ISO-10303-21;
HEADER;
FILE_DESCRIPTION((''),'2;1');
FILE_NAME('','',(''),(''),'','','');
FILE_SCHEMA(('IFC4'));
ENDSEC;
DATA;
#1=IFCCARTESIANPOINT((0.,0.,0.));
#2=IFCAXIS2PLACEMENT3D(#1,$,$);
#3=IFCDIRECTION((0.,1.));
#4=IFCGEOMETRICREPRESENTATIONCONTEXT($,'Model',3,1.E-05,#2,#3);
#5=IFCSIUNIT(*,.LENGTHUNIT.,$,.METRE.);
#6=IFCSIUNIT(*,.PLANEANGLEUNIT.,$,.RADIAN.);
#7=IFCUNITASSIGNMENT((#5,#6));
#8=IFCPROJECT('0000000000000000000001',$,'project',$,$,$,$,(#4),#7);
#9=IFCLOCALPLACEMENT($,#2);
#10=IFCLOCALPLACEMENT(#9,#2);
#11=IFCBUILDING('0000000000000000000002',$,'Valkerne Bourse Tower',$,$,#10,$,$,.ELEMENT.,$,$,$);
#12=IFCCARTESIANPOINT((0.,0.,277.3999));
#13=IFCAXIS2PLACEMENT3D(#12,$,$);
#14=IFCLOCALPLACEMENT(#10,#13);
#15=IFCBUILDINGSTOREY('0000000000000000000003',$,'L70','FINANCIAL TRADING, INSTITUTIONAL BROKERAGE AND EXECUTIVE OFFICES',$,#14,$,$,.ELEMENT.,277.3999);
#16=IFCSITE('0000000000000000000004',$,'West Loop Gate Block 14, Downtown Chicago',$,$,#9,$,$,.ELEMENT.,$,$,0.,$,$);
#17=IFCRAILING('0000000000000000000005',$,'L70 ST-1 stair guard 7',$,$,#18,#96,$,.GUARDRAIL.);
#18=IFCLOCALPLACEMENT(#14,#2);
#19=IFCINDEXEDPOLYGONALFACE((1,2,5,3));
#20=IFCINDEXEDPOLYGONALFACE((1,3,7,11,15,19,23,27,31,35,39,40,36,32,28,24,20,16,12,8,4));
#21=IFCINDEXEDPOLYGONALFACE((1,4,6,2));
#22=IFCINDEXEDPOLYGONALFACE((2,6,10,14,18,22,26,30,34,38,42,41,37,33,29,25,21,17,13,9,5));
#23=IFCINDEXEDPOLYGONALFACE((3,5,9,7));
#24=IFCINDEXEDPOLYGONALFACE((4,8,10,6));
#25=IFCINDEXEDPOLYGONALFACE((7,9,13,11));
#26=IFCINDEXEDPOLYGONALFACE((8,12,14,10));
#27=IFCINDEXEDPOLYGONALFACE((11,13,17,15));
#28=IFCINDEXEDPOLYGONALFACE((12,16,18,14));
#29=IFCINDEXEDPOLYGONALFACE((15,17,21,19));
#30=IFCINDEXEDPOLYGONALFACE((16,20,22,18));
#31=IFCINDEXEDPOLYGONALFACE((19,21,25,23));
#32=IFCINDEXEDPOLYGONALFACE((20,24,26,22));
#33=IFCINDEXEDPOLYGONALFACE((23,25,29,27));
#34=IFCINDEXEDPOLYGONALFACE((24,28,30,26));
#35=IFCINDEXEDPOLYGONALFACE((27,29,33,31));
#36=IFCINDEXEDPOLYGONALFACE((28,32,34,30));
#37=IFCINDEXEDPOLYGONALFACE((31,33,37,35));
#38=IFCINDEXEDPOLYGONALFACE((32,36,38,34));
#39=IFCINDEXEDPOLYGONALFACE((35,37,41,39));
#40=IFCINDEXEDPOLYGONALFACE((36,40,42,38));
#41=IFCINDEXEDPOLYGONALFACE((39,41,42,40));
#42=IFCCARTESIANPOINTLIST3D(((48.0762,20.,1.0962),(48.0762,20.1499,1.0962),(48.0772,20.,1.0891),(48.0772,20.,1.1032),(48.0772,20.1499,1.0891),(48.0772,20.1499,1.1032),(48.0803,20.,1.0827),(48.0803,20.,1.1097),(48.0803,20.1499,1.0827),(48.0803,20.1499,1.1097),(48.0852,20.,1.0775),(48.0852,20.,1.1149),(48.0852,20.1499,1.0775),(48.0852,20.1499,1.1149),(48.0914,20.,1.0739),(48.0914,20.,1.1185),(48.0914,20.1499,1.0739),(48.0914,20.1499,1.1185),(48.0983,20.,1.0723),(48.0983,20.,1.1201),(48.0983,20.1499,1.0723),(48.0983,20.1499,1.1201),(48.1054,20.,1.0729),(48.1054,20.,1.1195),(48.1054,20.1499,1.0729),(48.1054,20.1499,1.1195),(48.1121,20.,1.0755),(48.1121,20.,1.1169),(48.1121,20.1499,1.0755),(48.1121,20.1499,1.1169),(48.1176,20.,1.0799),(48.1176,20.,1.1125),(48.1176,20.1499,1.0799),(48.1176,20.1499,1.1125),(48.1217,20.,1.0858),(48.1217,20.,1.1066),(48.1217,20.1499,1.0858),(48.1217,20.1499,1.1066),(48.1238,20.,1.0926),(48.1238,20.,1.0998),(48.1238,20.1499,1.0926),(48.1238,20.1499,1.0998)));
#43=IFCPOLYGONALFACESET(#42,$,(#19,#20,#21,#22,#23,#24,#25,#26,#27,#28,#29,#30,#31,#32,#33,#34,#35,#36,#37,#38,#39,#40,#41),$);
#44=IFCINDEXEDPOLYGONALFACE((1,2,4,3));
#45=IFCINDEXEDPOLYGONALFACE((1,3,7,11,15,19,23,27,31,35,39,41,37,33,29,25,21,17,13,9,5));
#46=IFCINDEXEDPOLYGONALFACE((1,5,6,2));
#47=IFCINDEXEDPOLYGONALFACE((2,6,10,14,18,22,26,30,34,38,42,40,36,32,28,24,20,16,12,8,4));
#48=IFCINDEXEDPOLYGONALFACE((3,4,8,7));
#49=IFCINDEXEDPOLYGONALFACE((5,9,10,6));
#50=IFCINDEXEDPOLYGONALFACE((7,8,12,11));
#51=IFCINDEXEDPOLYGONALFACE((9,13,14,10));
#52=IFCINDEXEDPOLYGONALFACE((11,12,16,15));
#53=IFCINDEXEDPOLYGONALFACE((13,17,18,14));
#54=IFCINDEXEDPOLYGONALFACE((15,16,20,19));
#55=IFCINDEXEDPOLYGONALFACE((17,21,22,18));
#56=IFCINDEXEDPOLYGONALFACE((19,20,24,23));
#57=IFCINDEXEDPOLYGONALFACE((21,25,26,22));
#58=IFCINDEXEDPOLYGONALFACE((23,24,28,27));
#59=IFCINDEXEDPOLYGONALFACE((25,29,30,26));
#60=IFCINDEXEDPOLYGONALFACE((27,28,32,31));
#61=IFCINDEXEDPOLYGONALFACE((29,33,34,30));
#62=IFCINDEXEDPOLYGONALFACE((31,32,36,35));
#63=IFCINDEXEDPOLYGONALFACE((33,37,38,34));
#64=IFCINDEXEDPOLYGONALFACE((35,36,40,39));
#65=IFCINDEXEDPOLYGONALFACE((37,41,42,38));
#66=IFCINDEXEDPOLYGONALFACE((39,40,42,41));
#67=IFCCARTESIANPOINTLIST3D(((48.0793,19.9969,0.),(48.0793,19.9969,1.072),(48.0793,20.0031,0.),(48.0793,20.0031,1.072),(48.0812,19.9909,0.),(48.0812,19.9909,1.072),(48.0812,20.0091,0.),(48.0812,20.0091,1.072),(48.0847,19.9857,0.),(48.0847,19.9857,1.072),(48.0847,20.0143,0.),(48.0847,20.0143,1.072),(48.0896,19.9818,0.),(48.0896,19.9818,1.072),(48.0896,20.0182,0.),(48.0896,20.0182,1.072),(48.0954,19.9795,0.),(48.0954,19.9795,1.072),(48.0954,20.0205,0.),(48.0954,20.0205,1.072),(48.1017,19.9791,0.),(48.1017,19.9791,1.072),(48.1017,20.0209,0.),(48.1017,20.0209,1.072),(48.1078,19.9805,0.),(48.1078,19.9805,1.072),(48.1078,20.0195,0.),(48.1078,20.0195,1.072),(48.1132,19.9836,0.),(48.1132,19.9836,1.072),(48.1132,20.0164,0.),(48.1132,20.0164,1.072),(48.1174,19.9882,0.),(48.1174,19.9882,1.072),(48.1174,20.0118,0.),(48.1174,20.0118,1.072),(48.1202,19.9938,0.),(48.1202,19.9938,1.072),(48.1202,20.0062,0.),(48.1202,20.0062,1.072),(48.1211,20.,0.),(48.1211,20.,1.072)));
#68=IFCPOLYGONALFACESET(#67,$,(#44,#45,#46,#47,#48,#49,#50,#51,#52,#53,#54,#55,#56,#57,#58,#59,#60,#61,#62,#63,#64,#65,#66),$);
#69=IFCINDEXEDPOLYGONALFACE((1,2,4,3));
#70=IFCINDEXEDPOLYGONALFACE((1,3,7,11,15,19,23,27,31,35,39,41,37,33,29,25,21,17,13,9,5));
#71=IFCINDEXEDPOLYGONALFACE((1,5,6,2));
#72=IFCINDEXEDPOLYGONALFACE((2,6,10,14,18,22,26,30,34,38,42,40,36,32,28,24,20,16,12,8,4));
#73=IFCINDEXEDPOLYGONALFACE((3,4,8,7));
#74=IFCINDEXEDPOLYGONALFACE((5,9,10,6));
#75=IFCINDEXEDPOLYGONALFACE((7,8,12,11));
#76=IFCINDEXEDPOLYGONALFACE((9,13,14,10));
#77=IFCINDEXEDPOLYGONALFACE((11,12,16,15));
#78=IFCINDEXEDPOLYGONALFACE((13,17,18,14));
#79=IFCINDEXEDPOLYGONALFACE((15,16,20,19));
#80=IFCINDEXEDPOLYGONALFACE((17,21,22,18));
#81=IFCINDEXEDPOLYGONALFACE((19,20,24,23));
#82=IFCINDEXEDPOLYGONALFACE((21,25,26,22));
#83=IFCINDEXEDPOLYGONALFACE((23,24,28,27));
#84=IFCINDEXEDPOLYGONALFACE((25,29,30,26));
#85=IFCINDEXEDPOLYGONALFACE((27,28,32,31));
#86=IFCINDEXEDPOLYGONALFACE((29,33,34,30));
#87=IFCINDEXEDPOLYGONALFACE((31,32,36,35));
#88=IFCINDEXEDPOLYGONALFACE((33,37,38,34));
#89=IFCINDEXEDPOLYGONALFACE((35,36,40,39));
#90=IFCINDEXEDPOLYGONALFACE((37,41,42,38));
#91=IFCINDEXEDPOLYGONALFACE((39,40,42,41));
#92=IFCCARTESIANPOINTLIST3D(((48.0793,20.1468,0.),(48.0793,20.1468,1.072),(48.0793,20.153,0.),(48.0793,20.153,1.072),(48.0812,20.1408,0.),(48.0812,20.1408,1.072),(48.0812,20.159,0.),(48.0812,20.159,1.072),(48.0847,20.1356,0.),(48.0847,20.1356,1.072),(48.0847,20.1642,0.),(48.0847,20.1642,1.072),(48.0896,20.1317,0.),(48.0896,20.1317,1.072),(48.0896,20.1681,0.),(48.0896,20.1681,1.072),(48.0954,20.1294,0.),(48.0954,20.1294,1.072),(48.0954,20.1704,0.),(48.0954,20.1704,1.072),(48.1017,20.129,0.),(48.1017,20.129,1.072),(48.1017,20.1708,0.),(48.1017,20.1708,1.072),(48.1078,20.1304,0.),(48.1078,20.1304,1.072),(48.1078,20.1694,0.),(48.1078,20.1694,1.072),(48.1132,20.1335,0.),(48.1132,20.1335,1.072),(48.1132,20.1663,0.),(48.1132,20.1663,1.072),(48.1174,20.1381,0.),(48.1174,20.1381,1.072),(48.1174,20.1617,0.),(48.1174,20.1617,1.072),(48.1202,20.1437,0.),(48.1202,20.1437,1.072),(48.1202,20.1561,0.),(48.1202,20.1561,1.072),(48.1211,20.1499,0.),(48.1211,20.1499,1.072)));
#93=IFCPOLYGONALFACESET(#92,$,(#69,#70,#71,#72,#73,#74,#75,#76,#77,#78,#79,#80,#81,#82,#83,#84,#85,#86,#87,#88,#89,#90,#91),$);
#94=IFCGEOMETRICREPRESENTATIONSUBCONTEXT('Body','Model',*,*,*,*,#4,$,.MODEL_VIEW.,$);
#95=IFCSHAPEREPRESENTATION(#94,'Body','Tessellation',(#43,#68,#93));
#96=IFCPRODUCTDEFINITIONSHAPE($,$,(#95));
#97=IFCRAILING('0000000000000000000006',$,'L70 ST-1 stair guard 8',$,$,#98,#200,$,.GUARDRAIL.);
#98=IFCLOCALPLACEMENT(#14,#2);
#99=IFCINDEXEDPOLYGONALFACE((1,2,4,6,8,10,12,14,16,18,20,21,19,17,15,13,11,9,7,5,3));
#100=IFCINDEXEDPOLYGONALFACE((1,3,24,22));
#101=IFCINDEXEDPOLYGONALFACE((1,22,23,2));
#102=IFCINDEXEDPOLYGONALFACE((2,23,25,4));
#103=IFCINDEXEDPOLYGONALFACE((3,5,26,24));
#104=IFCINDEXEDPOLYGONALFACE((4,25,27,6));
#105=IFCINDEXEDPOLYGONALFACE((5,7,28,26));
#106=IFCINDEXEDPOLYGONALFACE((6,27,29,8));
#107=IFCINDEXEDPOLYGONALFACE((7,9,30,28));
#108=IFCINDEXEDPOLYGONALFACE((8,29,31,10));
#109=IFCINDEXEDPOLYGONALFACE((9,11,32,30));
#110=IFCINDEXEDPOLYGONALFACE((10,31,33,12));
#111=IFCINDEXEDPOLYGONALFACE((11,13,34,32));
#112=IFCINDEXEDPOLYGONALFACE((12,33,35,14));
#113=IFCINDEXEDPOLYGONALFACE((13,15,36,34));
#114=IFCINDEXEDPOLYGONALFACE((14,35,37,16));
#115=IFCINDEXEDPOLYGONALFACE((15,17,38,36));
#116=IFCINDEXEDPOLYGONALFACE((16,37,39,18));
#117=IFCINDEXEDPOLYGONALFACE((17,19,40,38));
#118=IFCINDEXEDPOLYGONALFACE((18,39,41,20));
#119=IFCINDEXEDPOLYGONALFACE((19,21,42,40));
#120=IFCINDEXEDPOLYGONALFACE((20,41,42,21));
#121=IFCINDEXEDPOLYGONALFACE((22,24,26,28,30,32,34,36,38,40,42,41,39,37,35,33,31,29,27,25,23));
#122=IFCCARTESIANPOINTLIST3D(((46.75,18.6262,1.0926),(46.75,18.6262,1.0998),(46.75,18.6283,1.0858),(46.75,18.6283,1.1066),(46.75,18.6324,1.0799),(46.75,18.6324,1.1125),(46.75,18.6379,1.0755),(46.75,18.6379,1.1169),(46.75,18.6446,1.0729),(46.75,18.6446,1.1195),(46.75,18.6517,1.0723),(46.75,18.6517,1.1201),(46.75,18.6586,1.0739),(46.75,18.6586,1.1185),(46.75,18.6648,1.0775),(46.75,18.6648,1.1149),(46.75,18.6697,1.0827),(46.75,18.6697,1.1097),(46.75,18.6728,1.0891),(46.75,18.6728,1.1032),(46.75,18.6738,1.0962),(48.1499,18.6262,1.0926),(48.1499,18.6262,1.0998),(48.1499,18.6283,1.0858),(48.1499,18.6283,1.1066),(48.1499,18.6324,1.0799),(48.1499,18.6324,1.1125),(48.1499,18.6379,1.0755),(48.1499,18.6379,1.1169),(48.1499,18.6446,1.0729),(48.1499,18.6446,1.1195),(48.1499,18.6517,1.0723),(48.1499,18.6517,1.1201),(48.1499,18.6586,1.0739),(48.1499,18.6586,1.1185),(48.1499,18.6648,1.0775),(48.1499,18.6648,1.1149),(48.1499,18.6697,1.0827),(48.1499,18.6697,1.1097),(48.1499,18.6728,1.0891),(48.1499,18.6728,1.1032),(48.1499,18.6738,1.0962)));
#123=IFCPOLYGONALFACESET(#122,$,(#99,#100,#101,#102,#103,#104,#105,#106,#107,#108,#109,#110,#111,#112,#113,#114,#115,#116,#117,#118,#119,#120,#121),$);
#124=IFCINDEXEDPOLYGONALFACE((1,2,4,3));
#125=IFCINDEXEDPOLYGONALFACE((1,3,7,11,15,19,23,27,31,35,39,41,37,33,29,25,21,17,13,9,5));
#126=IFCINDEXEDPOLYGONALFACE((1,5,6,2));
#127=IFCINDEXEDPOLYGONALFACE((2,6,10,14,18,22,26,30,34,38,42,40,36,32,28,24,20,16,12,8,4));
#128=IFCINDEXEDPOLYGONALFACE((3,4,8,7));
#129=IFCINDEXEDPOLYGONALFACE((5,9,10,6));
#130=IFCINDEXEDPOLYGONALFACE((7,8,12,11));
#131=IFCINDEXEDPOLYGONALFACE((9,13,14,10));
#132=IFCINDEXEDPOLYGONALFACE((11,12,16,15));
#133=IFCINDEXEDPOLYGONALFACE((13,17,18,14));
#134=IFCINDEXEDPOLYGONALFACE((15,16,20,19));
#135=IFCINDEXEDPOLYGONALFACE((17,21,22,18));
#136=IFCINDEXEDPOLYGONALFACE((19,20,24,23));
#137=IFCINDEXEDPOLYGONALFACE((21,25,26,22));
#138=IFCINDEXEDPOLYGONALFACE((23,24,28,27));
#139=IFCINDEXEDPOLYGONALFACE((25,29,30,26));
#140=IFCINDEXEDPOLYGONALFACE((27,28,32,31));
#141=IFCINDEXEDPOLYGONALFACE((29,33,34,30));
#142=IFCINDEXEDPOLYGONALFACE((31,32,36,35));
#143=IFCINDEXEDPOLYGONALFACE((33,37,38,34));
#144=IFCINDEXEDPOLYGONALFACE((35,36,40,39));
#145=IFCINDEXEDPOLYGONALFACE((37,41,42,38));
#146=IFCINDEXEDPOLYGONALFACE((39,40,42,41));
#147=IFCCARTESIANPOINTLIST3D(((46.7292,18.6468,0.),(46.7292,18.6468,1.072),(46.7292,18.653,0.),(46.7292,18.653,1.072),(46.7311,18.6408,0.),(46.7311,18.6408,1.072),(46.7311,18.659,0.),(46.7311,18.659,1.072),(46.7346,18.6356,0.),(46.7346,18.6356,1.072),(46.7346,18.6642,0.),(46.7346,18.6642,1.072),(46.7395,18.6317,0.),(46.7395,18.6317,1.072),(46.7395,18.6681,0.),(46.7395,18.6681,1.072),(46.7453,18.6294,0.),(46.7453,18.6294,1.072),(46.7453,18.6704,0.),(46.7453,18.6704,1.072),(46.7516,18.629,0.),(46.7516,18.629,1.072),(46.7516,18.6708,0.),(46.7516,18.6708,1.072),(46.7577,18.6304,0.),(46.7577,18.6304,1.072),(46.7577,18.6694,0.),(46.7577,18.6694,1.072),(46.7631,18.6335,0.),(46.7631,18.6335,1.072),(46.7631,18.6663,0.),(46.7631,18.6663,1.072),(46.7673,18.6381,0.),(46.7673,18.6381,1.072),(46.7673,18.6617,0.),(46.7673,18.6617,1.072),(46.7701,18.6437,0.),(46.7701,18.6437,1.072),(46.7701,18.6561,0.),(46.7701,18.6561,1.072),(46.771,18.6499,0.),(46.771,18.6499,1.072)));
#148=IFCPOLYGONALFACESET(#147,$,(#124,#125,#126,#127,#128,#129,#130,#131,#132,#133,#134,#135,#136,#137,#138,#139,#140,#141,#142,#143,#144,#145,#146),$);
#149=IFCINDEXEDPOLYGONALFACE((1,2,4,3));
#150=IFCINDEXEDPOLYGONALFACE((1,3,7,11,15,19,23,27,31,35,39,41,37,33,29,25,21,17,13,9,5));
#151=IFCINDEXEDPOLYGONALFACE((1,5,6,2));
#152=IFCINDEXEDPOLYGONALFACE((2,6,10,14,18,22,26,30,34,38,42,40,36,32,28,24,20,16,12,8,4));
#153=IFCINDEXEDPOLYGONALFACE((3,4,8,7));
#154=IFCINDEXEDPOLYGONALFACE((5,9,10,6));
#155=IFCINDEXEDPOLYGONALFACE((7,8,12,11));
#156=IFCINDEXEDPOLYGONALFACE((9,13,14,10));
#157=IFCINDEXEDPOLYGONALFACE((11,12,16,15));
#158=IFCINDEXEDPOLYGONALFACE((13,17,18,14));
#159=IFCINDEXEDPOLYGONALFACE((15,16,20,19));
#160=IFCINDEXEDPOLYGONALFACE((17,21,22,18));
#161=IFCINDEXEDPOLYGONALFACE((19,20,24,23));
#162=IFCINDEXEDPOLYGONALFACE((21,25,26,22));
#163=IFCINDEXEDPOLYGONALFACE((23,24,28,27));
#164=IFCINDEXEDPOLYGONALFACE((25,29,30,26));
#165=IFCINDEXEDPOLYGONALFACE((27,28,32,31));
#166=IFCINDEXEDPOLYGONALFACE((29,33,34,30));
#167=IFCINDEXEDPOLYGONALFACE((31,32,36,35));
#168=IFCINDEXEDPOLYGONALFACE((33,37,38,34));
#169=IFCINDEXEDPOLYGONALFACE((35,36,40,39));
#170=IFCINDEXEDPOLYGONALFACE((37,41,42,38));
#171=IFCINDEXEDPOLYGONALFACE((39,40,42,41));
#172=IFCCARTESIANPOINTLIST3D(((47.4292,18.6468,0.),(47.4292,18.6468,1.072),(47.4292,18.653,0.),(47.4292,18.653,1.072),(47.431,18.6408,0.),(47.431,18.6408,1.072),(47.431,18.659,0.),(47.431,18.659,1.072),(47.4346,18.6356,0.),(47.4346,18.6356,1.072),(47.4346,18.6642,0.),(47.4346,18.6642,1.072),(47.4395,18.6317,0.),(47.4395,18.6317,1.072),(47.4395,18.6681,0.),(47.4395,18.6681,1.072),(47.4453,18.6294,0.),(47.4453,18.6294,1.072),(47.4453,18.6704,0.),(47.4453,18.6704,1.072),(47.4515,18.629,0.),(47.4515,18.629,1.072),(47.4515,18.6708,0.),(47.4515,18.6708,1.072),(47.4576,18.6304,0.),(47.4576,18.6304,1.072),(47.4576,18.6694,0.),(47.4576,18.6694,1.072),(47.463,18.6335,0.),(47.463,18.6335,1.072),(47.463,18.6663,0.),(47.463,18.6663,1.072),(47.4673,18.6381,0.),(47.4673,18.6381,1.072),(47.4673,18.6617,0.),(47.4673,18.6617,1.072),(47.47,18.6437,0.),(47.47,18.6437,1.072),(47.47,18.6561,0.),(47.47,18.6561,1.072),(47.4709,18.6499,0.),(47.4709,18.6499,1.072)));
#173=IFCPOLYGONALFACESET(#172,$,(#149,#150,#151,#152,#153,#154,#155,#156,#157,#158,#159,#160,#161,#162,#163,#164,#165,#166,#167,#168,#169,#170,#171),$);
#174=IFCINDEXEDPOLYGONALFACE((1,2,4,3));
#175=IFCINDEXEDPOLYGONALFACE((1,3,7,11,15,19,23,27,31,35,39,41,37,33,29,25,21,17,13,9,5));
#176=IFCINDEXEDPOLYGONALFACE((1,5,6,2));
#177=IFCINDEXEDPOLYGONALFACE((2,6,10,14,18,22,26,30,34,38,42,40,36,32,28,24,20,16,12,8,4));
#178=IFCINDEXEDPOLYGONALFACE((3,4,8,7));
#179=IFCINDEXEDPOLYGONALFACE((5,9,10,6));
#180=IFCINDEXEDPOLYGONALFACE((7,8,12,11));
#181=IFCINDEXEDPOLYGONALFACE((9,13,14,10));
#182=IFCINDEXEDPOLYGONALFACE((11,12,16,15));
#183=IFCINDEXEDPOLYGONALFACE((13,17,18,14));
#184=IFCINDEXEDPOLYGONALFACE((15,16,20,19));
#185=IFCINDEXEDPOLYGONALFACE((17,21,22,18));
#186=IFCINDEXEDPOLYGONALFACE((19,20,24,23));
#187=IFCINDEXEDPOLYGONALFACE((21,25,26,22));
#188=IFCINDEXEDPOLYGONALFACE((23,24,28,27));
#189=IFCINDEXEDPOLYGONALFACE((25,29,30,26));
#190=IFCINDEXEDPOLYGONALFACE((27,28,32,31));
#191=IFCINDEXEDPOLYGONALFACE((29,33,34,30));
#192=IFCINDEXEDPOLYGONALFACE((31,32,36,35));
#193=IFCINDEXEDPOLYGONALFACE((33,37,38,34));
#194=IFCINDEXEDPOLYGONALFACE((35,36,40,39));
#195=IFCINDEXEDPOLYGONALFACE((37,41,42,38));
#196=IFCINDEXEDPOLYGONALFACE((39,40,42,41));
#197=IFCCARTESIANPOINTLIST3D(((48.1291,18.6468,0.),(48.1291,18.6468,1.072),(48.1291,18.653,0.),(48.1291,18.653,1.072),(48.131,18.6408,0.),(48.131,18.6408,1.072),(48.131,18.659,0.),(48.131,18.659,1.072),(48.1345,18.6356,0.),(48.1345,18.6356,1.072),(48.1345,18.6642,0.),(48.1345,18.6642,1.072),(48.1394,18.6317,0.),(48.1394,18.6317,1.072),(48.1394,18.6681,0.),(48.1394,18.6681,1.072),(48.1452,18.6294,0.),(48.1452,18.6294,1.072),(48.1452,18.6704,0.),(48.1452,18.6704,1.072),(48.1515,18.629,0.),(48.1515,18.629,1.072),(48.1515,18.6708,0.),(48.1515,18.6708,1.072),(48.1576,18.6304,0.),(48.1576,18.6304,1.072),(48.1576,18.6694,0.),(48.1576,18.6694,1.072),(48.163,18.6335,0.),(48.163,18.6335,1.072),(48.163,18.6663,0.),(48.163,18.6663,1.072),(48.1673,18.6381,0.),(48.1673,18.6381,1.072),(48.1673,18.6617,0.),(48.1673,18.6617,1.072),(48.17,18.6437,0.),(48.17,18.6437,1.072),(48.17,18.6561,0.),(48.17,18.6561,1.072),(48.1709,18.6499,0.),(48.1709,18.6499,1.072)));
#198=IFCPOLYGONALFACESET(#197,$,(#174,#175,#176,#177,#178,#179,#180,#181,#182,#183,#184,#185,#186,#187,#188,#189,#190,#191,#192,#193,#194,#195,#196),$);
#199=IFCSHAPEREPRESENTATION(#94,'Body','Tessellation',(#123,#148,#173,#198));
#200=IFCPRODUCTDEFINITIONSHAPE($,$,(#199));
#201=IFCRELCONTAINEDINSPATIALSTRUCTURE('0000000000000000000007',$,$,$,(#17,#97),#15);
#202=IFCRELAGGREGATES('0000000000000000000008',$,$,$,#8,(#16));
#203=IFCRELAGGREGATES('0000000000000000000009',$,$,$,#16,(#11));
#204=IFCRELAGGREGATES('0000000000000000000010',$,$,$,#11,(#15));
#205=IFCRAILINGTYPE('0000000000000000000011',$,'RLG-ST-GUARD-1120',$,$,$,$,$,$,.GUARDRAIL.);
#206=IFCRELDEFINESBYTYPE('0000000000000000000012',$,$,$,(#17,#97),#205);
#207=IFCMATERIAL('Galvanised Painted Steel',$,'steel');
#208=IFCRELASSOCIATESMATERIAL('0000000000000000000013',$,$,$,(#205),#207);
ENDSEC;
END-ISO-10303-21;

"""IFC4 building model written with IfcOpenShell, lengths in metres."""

from ifc_helpers import new_model, si_unit, direction, frame, origin, origin_2d, place, context, subcontext, project, spatial, circle, extrude, material, type_object, element, save


model = new_model("IFC4")

# Units and contexts
model_context = context("Model", 3, precision=1e-05, world=origin(), true_north=direction((0.0, 1.0)))
body_context = subcontext(model_context, "Body", "Model", "MODEL_VIEW")
ifc_project = project(units=[si_unit("LENGTHUNIT", "METRE"), si_unit("PLANEANGLEUNIT", "RADIAN")], contexts=[model_context])

# Site, building, storey
site_placement = place(None, origin())
site = spatial("IfcSite", under=ifc_project, at=site_placement, Name="West Loop Gate Block 14, Downtown Chicago", CompositionType="ELEMENT", RefElevation=0.0)
building_placement = place(site_placement, origin())
building = spatial("IfcBuilding", under=site, at=building_placement, Name="Valkerne Bourse Tower", CompositionType="ELEMENT")
storey_placement = place(building_placement, frame((0.0, 0.0, 277.3999)))
storey = spatial("IfcBuildingStorey", under=building, at=storey_placement, Name="L70", Description="FINANCIAL TRADING, INSTITUTIONAL BROKERAGE AND EXECUTIVE OFFICES", CompositionType="ELEMENT", Elevation=277.3999)

# Shared definitions
ifc_material_1 = material(Name="Galvanised Painted Steel", Category="steel")

# Railings
railing_type_1 = type_object("IfcRailingType", Name="RLG-ST-GUARD-1120", PredefinedType="GUARDRAIL", material=ifc_material_1)
railing_1_placement = place(storey_placement, frame((48.1001, 20.0, 0.0)))
element("IfcRailing", 1, at=railing_1_placement, inside=storey, type_object=railing_type_1, Name="L70 ST-1 stair guard 7", PredefinedType="GUARDRAIL", context=body_context, shape_type="SweptSolid", body=[
    extrude(circle(Radius=0.0239, at=origin_2d()), frame((0.0, 0.0, 1.0962), z_axis=(0.0, 1.0, 0.0), x_axis=(-1.0, 0.0, 0.0)), (0.0, 0.0, 1.0), 0.1499),
    extrude(circle(Radius=0.021, at=origin_2d()), origin(), (0.0, 0.0, 1.0), 1.072),
    extrude(circle(Radius=0.021, at=origin_2d()), frame((0.0, 0.1499, 0.0)), (0.0, 0.0, 1.0), 1.072),
])
for number, where, name in (
    (2, (46.75, 18.6499, 0.0), "L70 ST-1 stair guard 8"),
):
    element("IfcRailing", number, at=place(storey_placement, frame(where)), inside=storey, type_object=railing_type_1, Name=name, PredefinedType="GUARDRAIL", context=body_context, shape_type="SweptSolid", body=[
        extrude(circle(Radius=0.0239, at=origin_2d()), frame((0.0, 0.0, 1.0962), z_axis=(1.0, 0.0, 0.0), x_axis=(0.0, 1.0, 0.0)), (0.0, 0.0, 1.0), 1.3999),
        extrude(circle(Radius=0.021, at=origin_2d()), origin(), (0.0, 0.0, 1.0), 1.072),
        extrude(circle(Radius=0.021, at=origin_2d()), frame((0.7, 0.0, 0.0)), (0.0, 0.0, 1.0), 1.072),
        extrude(circle(Radius=0.021, at=origin_2d()), frame((1.3999, 0.0, 0.0)), (0.0, 0.0, 1.0), 1.072),
    ])

save(model, "model.ifc")
